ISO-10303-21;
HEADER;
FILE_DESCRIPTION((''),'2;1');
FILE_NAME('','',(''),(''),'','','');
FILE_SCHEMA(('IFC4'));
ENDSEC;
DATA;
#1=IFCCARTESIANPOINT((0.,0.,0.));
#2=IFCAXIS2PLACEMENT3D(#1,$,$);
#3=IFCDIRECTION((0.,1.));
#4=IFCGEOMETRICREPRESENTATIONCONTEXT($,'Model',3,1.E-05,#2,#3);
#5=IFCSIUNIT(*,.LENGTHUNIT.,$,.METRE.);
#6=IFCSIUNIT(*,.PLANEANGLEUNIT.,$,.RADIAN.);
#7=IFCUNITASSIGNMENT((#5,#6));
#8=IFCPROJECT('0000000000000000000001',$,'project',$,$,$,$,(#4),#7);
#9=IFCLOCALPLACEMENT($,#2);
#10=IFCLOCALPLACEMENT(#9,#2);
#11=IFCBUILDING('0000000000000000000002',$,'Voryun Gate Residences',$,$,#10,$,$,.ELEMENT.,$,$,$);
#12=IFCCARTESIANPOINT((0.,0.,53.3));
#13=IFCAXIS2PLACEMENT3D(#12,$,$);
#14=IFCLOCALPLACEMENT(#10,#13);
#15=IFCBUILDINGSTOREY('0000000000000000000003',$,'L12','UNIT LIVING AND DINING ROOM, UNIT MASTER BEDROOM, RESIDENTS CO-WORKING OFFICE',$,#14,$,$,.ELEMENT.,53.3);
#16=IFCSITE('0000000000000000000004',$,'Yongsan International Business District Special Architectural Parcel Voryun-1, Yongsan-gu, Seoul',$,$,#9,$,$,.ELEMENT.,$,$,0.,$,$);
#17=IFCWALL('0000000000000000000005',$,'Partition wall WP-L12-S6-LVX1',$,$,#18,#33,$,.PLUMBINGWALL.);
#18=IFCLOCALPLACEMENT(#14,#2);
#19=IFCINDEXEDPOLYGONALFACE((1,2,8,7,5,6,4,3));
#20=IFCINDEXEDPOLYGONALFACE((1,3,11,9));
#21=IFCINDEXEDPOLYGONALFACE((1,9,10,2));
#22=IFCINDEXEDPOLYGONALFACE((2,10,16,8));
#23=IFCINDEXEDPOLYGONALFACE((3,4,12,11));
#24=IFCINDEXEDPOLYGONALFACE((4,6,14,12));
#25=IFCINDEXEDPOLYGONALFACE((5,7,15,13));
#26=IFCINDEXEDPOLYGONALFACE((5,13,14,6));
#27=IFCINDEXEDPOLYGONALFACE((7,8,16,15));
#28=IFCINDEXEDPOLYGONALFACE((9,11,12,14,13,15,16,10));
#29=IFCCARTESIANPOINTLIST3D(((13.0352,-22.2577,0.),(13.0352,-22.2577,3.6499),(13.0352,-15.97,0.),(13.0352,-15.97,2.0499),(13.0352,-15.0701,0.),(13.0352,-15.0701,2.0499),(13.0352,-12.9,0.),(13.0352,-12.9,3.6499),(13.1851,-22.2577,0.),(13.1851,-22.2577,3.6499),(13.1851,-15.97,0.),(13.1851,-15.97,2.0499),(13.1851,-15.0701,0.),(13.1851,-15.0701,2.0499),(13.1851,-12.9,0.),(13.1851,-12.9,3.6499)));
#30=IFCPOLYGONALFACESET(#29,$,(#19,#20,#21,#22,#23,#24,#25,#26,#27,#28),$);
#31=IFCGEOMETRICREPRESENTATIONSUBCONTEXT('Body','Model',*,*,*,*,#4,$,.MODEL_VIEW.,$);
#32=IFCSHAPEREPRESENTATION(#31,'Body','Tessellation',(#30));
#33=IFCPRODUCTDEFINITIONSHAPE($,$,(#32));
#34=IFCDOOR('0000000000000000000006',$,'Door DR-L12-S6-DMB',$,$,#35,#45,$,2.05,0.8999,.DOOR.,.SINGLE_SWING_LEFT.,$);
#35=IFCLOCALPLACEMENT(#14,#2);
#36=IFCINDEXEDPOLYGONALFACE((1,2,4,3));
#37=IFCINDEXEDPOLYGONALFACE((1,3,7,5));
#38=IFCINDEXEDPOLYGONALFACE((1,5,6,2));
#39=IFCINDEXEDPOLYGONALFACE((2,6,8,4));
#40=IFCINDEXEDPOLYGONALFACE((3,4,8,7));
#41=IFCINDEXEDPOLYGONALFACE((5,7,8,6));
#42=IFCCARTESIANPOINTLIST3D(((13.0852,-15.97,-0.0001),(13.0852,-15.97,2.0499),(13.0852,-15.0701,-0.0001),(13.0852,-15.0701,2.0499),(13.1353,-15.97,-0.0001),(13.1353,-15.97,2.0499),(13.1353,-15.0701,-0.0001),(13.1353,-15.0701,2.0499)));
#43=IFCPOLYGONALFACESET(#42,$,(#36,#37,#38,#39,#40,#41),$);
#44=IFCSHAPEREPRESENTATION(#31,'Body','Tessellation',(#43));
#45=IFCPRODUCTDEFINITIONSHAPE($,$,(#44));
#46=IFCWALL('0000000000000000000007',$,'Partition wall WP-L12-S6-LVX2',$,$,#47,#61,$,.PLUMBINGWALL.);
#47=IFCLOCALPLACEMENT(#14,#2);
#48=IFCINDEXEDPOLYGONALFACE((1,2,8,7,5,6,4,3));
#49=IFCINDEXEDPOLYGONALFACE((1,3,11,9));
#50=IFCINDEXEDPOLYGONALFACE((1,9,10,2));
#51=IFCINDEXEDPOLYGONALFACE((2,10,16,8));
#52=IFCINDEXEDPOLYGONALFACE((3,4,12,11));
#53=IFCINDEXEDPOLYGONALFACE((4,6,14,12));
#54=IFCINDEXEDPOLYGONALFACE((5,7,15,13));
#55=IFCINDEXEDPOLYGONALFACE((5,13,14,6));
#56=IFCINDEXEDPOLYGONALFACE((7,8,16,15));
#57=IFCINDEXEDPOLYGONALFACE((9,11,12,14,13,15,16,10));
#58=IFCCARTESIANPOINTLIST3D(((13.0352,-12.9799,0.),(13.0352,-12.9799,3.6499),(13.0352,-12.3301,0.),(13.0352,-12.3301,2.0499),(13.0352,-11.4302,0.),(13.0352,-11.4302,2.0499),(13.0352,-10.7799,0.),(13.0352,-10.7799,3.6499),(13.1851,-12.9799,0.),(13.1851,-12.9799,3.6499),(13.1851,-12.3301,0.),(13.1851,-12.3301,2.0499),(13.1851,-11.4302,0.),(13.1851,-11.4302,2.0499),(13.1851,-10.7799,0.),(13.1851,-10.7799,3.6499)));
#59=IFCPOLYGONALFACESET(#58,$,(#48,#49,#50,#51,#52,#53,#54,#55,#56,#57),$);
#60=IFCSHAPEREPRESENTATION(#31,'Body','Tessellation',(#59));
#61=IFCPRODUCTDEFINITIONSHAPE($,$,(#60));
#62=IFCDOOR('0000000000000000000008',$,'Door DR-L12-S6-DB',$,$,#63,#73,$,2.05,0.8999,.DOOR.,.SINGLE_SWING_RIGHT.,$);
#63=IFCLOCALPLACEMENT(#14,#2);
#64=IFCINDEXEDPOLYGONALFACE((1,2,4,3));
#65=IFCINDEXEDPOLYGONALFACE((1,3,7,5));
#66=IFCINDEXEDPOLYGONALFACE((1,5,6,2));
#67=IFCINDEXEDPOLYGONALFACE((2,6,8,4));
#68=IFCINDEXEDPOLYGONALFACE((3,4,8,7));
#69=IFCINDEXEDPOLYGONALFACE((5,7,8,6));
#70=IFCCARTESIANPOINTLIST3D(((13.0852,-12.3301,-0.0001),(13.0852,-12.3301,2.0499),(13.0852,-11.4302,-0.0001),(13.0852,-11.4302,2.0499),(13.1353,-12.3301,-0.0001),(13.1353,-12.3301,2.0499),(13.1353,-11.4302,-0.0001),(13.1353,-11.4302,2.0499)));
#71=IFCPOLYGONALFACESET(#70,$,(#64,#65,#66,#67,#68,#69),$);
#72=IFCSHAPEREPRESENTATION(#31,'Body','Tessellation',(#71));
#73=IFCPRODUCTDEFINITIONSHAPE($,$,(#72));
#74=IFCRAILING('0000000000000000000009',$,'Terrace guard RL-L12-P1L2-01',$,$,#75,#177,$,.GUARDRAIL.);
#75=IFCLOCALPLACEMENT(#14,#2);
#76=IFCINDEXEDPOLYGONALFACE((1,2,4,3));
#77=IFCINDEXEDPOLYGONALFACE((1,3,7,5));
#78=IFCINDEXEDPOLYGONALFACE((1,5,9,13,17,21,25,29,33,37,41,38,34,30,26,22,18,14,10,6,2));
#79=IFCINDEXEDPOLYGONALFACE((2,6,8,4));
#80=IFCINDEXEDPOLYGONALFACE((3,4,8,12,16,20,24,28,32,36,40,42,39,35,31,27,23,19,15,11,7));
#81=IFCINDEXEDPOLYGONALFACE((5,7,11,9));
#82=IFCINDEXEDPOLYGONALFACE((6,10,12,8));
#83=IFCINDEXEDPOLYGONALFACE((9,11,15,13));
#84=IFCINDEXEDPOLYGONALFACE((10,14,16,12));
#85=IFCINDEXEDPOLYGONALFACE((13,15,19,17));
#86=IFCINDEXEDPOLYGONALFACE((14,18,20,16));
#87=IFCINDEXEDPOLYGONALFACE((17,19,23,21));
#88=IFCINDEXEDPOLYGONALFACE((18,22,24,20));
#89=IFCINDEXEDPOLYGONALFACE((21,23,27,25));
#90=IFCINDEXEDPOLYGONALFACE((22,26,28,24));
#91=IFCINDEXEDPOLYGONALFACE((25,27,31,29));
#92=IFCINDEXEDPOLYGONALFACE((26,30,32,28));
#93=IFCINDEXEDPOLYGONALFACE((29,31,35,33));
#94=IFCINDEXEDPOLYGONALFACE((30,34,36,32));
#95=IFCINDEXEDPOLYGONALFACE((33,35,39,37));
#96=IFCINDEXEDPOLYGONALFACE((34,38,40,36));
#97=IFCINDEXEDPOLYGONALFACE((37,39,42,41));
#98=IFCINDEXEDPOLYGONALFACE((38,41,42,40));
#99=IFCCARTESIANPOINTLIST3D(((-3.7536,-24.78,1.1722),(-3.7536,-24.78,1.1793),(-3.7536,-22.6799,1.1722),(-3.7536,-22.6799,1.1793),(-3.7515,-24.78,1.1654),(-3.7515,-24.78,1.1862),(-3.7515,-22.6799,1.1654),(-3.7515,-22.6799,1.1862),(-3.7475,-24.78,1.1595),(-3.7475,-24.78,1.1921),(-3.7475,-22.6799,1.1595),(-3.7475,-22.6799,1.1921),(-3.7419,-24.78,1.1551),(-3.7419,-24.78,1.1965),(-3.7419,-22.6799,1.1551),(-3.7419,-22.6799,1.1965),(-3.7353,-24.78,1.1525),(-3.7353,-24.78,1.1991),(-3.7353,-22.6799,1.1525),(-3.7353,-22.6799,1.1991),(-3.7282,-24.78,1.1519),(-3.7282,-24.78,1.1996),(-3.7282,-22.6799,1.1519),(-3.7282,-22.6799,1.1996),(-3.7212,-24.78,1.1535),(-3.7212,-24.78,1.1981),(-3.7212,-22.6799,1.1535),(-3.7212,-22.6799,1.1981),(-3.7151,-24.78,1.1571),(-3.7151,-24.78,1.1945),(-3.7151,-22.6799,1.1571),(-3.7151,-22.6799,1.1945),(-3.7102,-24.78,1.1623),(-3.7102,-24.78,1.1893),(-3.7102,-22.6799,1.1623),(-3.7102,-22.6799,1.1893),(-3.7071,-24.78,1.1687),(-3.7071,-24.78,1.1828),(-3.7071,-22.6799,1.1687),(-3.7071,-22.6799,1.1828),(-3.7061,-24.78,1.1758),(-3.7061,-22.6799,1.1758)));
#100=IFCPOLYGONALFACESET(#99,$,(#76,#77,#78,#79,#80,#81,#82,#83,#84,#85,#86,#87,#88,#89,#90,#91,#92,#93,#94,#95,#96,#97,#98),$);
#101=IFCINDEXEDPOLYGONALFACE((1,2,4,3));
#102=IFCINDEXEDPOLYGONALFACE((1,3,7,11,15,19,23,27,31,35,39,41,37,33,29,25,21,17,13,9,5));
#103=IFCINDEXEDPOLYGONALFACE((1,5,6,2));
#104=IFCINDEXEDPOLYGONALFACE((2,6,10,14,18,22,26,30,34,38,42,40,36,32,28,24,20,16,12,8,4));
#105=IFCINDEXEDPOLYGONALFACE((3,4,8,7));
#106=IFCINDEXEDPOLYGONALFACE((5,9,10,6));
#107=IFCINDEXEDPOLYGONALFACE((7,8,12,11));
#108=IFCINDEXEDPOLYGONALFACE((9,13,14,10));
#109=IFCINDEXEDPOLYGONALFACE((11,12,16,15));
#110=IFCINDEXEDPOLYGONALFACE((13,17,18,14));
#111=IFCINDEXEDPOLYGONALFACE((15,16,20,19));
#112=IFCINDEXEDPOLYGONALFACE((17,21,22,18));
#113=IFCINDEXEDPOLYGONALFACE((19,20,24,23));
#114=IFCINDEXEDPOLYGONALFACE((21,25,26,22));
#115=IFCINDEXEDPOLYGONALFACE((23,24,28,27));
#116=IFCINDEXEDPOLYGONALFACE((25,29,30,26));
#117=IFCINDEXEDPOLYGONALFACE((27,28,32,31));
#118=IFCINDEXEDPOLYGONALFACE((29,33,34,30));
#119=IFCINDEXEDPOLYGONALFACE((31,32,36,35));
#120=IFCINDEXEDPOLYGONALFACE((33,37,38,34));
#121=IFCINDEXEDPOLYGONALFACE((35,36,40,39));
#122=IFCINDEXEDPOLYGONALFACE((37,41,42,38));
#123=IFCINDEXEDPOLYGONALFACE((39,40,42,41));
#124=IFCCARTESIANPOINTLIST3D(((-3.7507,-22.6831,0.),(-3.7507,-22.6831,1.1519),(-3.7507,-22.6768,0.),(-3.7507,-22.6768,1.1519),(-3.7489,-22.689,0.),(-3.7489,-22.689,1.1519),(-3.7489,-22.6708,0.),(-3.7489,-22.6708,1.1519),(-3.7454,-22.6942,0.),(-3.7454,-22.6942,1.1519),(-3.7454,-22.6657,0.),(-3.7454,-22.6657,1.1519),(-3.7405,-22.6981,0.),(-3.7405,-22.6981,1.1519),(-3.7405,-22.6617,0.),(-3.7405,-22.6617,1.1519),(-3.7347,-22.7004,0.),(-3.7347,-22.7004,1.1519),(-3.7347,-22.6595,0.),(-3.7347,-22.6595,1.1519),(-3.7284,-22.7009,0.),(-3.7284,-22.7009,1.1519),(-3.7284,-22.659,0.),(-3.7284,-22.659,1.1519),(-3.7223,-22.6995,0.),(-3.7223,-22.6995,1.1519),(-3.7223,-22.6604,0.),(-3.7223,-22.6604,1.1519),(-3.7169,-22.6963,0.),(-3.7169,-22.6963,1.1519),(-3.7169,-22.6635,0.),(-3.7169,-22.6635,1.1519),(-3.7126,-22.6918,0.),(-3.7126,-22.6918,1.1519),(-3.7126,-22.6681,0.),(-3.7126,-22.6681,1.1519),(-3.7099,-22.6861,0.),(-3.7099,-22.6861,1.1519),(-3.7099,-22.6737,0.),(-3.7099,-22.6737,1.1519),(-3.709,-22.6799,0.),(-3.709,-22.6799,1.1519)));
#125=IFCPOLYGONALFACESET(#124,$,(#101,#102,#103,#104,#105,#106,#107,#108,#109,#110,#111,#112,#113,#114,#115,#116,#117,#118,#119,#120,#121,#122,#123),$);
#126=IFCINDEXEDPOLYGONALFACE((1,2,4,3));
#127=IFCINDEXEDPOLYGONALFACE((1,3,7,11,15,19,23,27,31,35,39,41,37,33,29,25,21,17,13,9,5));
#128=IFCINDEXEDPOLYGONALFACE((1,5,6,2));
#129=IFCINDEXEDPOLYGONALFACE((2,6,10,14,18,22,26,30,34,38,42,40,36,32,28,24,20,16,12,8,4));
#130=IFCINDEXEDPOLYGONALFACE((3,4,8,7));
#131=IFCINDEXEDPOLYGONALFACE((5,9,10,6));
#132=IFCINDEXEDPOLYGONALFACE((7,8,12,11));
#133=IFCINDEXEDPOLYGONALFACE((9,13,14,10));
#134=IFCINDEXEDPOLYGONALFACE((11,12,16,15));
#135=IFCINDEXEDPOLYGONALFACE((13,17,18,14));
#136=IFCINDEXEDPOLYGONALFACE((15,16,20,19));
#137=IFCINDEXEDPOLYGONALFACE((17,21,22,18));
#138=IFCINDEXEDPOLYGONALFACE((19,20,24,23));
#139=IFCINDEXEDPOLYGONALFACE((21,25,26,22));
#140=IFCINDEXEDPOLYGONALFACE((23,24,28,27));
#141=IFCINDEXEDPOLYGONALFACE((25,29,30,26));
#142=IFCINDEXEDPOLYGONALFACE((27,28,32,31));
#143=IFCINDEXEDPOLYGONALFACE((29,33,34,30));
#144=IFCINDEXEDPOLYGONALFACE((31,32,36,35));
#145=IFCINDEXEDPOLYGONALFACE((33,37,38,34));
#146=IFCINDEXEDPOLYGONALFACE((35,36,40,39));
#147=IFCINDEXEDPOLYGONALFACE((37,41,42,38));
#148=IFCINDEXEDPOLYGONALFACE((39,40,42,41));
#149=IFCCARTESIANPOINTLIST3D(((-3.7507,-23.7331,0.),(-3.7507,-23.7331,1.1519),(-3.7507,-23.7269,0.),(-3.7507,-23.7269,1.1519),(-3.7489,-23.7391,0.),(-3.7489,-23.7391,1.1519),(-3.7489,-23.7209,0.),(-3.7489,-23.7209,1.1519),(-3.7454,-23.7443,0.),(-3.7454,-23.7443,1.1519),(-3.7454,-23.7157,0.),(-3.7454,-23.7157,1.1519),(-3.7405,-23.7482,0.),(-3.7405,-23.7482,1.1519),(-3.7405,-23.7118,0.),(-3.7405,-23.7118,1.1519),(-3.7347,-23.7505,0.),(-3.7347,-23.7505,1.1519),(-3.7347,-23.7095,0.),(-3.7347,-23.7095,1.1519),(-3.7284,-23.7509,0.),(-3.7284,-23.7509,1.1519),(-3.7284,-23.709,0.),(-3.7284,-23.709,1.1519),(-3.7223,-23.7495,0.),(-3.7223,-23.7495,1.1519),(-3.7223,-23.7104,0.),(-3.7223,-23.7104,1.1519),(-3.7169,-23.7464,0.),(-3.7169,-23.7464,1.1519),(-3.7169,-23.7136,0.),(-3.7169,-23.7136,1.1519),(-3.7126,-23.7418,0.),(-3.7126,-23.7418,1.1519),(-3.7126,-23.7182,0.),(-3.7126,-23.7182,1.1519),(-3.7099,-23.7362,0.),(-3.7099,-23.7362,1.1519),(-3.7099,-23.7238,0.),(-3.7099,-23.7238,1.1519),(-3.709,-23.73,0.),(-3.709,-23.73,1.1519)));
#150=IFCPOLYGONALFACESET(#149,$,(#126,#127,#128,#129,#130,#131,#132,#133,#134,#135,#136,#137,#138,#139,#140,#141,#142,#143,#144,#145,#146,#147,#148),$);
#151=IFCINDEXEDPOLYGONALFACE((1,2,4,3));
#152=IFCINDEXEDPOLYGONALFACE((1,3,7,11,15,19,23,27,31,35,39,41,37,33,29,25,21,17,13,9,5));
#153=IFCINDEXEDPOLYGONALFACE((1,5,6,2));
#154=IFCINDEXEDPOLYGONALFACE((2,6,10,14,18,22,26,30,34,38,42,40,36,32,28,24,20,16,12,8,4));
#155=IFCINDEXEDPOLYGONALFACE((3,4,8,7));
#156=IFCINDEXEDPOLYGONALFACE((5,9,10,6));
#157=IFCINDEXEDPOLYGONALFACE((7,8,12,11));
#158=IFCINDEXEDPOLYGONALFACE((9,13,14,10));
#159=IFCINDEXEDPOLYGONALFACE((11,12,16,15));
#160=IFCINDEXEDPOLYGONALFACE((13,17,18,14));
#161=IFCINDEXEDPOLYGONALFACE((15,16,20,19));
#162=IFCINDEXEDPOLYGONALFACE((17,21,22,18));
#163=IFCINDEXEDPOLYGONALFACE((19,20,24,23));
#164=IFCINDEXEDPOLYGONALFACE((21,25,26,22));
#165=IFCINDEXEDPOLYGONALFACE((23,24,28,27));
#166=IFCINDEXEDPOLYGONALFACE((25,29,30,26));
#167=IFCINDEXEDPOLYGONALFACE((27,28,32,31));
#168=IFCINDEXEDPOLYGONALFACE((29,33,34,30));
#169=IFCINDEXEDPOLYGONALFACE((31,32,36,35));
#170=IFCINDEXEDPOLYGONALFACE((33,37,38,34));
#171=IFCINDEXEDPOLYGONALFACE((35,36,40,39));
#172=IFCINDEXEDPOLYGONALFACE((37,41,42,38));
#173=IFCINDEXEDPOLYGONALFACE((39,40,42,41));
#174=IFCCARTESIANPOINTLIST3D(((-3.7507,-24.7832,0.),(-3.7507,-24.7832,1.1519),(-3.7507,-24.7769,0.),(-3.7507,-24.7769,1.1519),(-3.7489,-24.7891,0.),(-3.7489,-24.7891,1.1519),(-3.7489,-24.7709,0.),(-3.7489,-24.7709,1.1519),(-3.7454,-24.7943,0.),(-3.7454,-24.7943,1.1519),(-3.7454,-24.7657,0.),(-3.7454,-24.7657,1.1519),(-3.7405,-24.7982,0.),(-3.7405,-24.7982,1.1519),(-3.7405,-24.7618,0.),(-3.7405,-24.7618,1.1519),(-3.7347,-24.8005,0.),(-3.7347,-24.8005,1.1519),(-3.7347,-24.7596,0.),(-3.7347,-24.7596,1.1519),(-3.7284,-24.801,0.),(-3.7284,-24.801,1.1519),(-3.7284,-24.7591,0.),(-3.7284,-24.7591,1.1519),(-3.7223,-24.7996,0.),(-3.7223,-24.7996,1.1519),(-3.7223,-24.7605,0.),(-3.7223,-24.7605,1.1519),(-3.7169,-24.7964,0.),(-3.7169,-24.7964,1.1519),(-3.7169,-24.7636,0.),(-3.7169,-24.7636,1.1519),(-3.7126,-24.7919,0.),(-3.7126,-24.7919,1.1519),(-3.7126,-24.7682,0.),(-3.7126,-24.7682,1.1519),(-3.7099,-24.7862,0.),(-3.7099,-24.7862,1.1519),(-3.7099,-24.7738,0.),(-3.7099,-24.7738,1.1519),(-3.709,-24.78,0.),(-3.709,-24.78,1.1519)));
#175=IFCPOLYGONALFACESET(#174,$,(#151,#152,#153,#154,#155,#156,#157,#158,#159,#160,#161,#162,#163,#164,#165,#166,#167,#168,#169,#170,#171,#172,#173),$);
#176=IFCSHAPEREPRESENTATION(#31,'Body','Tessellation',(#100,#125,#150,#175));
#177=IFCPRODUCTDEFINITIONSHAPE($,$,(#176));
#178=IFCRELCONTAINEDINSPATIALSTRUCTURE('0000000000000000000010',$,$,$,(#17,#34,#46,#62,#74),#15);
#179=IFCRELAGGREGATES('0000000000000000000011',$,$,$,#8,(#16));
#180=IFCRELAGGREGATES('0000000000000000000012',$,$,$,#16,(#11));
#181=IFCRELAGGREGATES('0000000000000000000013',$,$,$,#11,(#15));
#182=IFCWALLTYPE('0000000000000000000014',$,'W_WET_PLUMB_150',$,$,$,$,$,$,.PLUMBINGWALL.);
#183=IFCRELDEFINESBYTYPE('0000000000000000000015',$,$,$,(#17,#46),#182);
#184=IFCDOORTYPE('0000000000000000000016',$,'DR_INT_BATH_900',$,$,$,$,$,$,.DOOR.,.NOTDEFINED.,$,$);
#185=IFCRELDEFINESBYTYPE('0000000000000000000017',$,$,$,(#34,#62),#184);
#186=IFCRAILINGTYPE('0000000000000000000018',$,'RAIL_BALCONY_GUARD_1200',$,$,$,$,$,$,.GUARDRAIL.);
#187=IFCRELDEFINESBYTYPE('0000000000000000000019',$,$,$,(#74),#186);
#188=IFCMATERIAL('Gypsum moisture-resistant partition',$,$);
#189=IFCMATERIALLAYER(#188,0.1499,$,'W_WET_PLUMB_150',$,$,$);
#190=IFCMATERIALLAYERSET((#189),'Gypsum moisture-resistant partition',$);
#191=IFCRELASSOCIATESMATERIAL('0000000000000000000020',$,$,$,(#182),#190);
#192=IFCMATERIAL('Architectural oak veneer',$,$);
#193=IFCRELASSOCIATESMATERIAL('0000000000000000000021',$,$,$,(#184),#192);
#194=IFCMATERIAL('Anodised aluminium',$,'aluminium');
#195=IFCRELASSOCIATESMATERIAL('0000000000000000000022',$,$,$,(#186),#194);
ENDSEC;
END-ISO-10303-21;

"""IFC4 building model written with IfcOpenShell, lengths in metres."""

from ifc_helpers import new_model, si_unit, direction, frame, frame_2d, origin, origin_2d, place, context, subcontext, project, spatial, rectangle, circle, extrude, material, layer, layer_set, type_object, element, fill, save


model = new_model("IFC4")

# Units and contexts
model_context = context("Model", 3, precision=1e-05, world=origin(), true_north=direction((0.0, 1.0)))
body_context = subcontext(model_context, "Body", "Model", "MODEL_VIEW")
ifc_project = project(units=[si_unit("LENGTHUNIT", "METRE"), si_unit("PLANEANGLEUNIT", "RADIAN")], contexts=[model_context])

# Site, building, storey
site_placement = place(None, origin())
site = spatial("IfcSite", under=ifc_project, at=site_placement, Name="Yongsan International Business District Special Architectural Parcel Voryun-1, Yongsan-gu, Seoul", CompositionType="ELEMENT", RefElevation=0.0)
building_placement = place(site_placement, origin())
building = spatial("IfcBuilding", under=site, at=building_placement, Name="Voryun Gate Residences", CompositionType="ELEMENT")
storey_placement = place(building_placement, frame((0.0, 0.0, 53.3)))
storey = spatial("IfcBuildingStorey", under=building, at=storey_placement, Name="L12", Description="UNIT LIVING AND DINING ROOM, UNIT MASTER BEDROOM, RESIDENTS CO-WORKING OFFICE", CompositionType="ELEMENT", Elevation=53.3)

# Shared definitions
ifc_material_1 = material(Name="Gypsum moisture-resistant partition")
ifc_layer_1 = layer(ifc_material_1, 0.1499, Name="W_WET_PLUMB_150")
ifc_layer_set_1 = layer_set([ifc_layer_1], Name="Gypsum moisture-resistant partition")
wall_type_1 = type_object("IfcWallType", Name="W_WET_PLUMB_150", PredefinedType="PLUMBINGWALL", material=ifc_layer_set_1)

# Shared definitions
ifc_material_2 = material(Name="Architectural oak veneer")
door_type_1 = type_object("IfcDoorType", Name="DR_INT_BATH_900", OperationType="NOTDEFINED", PredefinedType="DOOR", material=ifc_material_2)

# Walls, openings, doors
wall_1_placement = place(storey_placement, frame((13.1101, -22.2576, 0.0), z_axis=(0.0, 0.0, 1.0), x_axis=(0.0, 1.0, 0.0)))
wall_1 = element("IfcWall", 1, at=wall_1_placement, inside=storey, type_object=wall_type_1, Name="Partition wall WP-L12-S6-LVX1", PredefinedType="PLUMBINGWALL", context=body_context, shape_type="SweptSolid", body=[
    extrude(rectangle(XDim=9.3577, YDim=0.1499, at=frame_2d((4.6787, 0.0))), origin(), (0.0, 0.0, 1.0), 3.6499),
])
opening_1_placement = place(wall_1_placement, frame((6.2876, 0.0, 0.0)))
opening_1 = element("IfcOpeningElement", 2, at=opening_1_placement, cuts=wall_1, PredefinedType="OPENING", context=body_context, shape_type="SweptSolid", body=[
    extrude(rectangle(XDim=0.8999, YDim=2.05, at=frame_2d((0.45, 1.0249))), frame((0.0, 0.085, 0.0), z_axis=(0.0, -1.0, 0.0), x_axis=(1.0, 0.0, 0.0)), (0.0, 0.0, 1.0), 0.1699),
])
door_1_placement = place(opening_1_placement, origin())
door_1 = element("IfcDoor", 3, at=door_1_placement, inside=storey, type_object=door_type_1, Name="Door DR-L12-S6-DMB", OperationType="SINGLE_SWING_LEFT", OverallHeight=2.05, OverallWidth=0.8999, PredefinedType="DOOR", context=body_context, shape_type="SweptSolid", body=[
    extrude(rectangle(XDim=0.8999, YDim=2.05, at=frame_2d((0.45, 1.0249))), frame((0.0, 0.0249, 0.0), z_axis=(0.0, -1.0, 0.0), x_axis=(1.0, 0.0, 0.0)), (0.0, 0.0, 1.0), 0.05),
])
fill(opening_1, door_1)
wall_2_placement = place(storey_placement, frame((13.1101, -12.98, 0.0), z_axis=(0.0, 0.0, 1.0), x_axis=(0.0, 1.0, 0.0)))
wall_2 = element("IfcWall", 4, at=wall_2_placement, inside=storey, type_object=wall_type_1, Name="Partition wall WP-L12-S6-LVX2", PredefinedType="PLUMBINGWALL", context=body_context, shape_type="SweptSolid", body=[
    extrude(rectangle(XDim=2.2, YDim=0.1499, at=frame_2d((1.1001, 0.0))), origin(), (0.0, 0.0, 1.0), 3.6499),
])
opening_2_placement = place(wall_2_placement, frame((0.6499, 0.0, 0.0)))
opening_2 = element("IfcOpeningElement", 5, at=opening_2_placement, cuts=wall_2, PredefinedType="OPENING", context=body_context, shape_type="SweptSolid", body=[
    extrude(rectangle(XDim=0.8999, YDim=2.05, at=frame_2d((0.45, 1.0249))), frame((0.0, 0.085, 0.0), z_axis=(0.0, -1.0, 0.0), x_axis=(1.0, 0.0, 0.0)), (0.0, 0.0, 1.0), 0.1699),
])
door_2_placement = place(opening_2_placement, origin())
door_2 = element("IfcDoor", 6, at=door_2_placement, inside=storey, type_object=door_type_1, Name="Door DR-L12-S6-DB", OperationType="SINGLE_SWING_RIGHT", OverallHeight=2.05, OverallWidth=0.8999, PredefinedType="DOOR", context=body_context, shape_type="SweptSolid", body=[
    extrude(rectangle(XDim=0.8999, YDim=2.05, at=frame_2d((0.45, 1.0249))), frame((0.0, 0.0249, 0.0), z_axis=(0.0, -1.0, 0.0), x_axis=(1.0, 0.0, 0.0)), (0.0, 0.0, 1.0), 0.05),
])
fill(opening_2, door_2)

# Railing
ifc_material_3 = material(Name="Anodised aluminium", Category="aluminium")
railing_type = type_object("IfcRailingType", Name="RAIL_BALCONY_GUARD_1200", PredefinedType="GUARDRAIL", material=ifc_material_3)
railing_1_placement = place(storey_placement, frame((-3.73, -22.6799, 0.0)))
element("IfcRailing", 7, at=railing_1_placement, inside=storey, type_object=railing_type, Name="Terrace guard RL-L12-P1L2-01", PredefinedType="GUARDRAIL", context=body_context, shape_type="SweptSolid", body=[
    extrude(circle(Radius=0.0239, at=origin_2d()), frame((0.0, 0.0, 1.1758), z_axis=(0.0, -1.0, 0.0), x_axis=(1.0, 0.0, 0.0)), (0.0, 0.0, 1.0), 2.1001),
    extrude(circle(Radius=0.021, at=origin_2d()), origin(), (0.0, 0.0, 1.0), 1.1519),
    extrude(circle(Radius=0.021, at=origin_2d()), frame((0.0, -1.05, 0.0)), (0.0, 0.0, 1.0), 1.1519),
    extrude(circle(Radius=0.021, at=origin_2d()), frame((0.0, -2.1001, 0.0)), (0.0, 0.0, 1.0), 1.1519),
])

save(model, "model.ifc")
